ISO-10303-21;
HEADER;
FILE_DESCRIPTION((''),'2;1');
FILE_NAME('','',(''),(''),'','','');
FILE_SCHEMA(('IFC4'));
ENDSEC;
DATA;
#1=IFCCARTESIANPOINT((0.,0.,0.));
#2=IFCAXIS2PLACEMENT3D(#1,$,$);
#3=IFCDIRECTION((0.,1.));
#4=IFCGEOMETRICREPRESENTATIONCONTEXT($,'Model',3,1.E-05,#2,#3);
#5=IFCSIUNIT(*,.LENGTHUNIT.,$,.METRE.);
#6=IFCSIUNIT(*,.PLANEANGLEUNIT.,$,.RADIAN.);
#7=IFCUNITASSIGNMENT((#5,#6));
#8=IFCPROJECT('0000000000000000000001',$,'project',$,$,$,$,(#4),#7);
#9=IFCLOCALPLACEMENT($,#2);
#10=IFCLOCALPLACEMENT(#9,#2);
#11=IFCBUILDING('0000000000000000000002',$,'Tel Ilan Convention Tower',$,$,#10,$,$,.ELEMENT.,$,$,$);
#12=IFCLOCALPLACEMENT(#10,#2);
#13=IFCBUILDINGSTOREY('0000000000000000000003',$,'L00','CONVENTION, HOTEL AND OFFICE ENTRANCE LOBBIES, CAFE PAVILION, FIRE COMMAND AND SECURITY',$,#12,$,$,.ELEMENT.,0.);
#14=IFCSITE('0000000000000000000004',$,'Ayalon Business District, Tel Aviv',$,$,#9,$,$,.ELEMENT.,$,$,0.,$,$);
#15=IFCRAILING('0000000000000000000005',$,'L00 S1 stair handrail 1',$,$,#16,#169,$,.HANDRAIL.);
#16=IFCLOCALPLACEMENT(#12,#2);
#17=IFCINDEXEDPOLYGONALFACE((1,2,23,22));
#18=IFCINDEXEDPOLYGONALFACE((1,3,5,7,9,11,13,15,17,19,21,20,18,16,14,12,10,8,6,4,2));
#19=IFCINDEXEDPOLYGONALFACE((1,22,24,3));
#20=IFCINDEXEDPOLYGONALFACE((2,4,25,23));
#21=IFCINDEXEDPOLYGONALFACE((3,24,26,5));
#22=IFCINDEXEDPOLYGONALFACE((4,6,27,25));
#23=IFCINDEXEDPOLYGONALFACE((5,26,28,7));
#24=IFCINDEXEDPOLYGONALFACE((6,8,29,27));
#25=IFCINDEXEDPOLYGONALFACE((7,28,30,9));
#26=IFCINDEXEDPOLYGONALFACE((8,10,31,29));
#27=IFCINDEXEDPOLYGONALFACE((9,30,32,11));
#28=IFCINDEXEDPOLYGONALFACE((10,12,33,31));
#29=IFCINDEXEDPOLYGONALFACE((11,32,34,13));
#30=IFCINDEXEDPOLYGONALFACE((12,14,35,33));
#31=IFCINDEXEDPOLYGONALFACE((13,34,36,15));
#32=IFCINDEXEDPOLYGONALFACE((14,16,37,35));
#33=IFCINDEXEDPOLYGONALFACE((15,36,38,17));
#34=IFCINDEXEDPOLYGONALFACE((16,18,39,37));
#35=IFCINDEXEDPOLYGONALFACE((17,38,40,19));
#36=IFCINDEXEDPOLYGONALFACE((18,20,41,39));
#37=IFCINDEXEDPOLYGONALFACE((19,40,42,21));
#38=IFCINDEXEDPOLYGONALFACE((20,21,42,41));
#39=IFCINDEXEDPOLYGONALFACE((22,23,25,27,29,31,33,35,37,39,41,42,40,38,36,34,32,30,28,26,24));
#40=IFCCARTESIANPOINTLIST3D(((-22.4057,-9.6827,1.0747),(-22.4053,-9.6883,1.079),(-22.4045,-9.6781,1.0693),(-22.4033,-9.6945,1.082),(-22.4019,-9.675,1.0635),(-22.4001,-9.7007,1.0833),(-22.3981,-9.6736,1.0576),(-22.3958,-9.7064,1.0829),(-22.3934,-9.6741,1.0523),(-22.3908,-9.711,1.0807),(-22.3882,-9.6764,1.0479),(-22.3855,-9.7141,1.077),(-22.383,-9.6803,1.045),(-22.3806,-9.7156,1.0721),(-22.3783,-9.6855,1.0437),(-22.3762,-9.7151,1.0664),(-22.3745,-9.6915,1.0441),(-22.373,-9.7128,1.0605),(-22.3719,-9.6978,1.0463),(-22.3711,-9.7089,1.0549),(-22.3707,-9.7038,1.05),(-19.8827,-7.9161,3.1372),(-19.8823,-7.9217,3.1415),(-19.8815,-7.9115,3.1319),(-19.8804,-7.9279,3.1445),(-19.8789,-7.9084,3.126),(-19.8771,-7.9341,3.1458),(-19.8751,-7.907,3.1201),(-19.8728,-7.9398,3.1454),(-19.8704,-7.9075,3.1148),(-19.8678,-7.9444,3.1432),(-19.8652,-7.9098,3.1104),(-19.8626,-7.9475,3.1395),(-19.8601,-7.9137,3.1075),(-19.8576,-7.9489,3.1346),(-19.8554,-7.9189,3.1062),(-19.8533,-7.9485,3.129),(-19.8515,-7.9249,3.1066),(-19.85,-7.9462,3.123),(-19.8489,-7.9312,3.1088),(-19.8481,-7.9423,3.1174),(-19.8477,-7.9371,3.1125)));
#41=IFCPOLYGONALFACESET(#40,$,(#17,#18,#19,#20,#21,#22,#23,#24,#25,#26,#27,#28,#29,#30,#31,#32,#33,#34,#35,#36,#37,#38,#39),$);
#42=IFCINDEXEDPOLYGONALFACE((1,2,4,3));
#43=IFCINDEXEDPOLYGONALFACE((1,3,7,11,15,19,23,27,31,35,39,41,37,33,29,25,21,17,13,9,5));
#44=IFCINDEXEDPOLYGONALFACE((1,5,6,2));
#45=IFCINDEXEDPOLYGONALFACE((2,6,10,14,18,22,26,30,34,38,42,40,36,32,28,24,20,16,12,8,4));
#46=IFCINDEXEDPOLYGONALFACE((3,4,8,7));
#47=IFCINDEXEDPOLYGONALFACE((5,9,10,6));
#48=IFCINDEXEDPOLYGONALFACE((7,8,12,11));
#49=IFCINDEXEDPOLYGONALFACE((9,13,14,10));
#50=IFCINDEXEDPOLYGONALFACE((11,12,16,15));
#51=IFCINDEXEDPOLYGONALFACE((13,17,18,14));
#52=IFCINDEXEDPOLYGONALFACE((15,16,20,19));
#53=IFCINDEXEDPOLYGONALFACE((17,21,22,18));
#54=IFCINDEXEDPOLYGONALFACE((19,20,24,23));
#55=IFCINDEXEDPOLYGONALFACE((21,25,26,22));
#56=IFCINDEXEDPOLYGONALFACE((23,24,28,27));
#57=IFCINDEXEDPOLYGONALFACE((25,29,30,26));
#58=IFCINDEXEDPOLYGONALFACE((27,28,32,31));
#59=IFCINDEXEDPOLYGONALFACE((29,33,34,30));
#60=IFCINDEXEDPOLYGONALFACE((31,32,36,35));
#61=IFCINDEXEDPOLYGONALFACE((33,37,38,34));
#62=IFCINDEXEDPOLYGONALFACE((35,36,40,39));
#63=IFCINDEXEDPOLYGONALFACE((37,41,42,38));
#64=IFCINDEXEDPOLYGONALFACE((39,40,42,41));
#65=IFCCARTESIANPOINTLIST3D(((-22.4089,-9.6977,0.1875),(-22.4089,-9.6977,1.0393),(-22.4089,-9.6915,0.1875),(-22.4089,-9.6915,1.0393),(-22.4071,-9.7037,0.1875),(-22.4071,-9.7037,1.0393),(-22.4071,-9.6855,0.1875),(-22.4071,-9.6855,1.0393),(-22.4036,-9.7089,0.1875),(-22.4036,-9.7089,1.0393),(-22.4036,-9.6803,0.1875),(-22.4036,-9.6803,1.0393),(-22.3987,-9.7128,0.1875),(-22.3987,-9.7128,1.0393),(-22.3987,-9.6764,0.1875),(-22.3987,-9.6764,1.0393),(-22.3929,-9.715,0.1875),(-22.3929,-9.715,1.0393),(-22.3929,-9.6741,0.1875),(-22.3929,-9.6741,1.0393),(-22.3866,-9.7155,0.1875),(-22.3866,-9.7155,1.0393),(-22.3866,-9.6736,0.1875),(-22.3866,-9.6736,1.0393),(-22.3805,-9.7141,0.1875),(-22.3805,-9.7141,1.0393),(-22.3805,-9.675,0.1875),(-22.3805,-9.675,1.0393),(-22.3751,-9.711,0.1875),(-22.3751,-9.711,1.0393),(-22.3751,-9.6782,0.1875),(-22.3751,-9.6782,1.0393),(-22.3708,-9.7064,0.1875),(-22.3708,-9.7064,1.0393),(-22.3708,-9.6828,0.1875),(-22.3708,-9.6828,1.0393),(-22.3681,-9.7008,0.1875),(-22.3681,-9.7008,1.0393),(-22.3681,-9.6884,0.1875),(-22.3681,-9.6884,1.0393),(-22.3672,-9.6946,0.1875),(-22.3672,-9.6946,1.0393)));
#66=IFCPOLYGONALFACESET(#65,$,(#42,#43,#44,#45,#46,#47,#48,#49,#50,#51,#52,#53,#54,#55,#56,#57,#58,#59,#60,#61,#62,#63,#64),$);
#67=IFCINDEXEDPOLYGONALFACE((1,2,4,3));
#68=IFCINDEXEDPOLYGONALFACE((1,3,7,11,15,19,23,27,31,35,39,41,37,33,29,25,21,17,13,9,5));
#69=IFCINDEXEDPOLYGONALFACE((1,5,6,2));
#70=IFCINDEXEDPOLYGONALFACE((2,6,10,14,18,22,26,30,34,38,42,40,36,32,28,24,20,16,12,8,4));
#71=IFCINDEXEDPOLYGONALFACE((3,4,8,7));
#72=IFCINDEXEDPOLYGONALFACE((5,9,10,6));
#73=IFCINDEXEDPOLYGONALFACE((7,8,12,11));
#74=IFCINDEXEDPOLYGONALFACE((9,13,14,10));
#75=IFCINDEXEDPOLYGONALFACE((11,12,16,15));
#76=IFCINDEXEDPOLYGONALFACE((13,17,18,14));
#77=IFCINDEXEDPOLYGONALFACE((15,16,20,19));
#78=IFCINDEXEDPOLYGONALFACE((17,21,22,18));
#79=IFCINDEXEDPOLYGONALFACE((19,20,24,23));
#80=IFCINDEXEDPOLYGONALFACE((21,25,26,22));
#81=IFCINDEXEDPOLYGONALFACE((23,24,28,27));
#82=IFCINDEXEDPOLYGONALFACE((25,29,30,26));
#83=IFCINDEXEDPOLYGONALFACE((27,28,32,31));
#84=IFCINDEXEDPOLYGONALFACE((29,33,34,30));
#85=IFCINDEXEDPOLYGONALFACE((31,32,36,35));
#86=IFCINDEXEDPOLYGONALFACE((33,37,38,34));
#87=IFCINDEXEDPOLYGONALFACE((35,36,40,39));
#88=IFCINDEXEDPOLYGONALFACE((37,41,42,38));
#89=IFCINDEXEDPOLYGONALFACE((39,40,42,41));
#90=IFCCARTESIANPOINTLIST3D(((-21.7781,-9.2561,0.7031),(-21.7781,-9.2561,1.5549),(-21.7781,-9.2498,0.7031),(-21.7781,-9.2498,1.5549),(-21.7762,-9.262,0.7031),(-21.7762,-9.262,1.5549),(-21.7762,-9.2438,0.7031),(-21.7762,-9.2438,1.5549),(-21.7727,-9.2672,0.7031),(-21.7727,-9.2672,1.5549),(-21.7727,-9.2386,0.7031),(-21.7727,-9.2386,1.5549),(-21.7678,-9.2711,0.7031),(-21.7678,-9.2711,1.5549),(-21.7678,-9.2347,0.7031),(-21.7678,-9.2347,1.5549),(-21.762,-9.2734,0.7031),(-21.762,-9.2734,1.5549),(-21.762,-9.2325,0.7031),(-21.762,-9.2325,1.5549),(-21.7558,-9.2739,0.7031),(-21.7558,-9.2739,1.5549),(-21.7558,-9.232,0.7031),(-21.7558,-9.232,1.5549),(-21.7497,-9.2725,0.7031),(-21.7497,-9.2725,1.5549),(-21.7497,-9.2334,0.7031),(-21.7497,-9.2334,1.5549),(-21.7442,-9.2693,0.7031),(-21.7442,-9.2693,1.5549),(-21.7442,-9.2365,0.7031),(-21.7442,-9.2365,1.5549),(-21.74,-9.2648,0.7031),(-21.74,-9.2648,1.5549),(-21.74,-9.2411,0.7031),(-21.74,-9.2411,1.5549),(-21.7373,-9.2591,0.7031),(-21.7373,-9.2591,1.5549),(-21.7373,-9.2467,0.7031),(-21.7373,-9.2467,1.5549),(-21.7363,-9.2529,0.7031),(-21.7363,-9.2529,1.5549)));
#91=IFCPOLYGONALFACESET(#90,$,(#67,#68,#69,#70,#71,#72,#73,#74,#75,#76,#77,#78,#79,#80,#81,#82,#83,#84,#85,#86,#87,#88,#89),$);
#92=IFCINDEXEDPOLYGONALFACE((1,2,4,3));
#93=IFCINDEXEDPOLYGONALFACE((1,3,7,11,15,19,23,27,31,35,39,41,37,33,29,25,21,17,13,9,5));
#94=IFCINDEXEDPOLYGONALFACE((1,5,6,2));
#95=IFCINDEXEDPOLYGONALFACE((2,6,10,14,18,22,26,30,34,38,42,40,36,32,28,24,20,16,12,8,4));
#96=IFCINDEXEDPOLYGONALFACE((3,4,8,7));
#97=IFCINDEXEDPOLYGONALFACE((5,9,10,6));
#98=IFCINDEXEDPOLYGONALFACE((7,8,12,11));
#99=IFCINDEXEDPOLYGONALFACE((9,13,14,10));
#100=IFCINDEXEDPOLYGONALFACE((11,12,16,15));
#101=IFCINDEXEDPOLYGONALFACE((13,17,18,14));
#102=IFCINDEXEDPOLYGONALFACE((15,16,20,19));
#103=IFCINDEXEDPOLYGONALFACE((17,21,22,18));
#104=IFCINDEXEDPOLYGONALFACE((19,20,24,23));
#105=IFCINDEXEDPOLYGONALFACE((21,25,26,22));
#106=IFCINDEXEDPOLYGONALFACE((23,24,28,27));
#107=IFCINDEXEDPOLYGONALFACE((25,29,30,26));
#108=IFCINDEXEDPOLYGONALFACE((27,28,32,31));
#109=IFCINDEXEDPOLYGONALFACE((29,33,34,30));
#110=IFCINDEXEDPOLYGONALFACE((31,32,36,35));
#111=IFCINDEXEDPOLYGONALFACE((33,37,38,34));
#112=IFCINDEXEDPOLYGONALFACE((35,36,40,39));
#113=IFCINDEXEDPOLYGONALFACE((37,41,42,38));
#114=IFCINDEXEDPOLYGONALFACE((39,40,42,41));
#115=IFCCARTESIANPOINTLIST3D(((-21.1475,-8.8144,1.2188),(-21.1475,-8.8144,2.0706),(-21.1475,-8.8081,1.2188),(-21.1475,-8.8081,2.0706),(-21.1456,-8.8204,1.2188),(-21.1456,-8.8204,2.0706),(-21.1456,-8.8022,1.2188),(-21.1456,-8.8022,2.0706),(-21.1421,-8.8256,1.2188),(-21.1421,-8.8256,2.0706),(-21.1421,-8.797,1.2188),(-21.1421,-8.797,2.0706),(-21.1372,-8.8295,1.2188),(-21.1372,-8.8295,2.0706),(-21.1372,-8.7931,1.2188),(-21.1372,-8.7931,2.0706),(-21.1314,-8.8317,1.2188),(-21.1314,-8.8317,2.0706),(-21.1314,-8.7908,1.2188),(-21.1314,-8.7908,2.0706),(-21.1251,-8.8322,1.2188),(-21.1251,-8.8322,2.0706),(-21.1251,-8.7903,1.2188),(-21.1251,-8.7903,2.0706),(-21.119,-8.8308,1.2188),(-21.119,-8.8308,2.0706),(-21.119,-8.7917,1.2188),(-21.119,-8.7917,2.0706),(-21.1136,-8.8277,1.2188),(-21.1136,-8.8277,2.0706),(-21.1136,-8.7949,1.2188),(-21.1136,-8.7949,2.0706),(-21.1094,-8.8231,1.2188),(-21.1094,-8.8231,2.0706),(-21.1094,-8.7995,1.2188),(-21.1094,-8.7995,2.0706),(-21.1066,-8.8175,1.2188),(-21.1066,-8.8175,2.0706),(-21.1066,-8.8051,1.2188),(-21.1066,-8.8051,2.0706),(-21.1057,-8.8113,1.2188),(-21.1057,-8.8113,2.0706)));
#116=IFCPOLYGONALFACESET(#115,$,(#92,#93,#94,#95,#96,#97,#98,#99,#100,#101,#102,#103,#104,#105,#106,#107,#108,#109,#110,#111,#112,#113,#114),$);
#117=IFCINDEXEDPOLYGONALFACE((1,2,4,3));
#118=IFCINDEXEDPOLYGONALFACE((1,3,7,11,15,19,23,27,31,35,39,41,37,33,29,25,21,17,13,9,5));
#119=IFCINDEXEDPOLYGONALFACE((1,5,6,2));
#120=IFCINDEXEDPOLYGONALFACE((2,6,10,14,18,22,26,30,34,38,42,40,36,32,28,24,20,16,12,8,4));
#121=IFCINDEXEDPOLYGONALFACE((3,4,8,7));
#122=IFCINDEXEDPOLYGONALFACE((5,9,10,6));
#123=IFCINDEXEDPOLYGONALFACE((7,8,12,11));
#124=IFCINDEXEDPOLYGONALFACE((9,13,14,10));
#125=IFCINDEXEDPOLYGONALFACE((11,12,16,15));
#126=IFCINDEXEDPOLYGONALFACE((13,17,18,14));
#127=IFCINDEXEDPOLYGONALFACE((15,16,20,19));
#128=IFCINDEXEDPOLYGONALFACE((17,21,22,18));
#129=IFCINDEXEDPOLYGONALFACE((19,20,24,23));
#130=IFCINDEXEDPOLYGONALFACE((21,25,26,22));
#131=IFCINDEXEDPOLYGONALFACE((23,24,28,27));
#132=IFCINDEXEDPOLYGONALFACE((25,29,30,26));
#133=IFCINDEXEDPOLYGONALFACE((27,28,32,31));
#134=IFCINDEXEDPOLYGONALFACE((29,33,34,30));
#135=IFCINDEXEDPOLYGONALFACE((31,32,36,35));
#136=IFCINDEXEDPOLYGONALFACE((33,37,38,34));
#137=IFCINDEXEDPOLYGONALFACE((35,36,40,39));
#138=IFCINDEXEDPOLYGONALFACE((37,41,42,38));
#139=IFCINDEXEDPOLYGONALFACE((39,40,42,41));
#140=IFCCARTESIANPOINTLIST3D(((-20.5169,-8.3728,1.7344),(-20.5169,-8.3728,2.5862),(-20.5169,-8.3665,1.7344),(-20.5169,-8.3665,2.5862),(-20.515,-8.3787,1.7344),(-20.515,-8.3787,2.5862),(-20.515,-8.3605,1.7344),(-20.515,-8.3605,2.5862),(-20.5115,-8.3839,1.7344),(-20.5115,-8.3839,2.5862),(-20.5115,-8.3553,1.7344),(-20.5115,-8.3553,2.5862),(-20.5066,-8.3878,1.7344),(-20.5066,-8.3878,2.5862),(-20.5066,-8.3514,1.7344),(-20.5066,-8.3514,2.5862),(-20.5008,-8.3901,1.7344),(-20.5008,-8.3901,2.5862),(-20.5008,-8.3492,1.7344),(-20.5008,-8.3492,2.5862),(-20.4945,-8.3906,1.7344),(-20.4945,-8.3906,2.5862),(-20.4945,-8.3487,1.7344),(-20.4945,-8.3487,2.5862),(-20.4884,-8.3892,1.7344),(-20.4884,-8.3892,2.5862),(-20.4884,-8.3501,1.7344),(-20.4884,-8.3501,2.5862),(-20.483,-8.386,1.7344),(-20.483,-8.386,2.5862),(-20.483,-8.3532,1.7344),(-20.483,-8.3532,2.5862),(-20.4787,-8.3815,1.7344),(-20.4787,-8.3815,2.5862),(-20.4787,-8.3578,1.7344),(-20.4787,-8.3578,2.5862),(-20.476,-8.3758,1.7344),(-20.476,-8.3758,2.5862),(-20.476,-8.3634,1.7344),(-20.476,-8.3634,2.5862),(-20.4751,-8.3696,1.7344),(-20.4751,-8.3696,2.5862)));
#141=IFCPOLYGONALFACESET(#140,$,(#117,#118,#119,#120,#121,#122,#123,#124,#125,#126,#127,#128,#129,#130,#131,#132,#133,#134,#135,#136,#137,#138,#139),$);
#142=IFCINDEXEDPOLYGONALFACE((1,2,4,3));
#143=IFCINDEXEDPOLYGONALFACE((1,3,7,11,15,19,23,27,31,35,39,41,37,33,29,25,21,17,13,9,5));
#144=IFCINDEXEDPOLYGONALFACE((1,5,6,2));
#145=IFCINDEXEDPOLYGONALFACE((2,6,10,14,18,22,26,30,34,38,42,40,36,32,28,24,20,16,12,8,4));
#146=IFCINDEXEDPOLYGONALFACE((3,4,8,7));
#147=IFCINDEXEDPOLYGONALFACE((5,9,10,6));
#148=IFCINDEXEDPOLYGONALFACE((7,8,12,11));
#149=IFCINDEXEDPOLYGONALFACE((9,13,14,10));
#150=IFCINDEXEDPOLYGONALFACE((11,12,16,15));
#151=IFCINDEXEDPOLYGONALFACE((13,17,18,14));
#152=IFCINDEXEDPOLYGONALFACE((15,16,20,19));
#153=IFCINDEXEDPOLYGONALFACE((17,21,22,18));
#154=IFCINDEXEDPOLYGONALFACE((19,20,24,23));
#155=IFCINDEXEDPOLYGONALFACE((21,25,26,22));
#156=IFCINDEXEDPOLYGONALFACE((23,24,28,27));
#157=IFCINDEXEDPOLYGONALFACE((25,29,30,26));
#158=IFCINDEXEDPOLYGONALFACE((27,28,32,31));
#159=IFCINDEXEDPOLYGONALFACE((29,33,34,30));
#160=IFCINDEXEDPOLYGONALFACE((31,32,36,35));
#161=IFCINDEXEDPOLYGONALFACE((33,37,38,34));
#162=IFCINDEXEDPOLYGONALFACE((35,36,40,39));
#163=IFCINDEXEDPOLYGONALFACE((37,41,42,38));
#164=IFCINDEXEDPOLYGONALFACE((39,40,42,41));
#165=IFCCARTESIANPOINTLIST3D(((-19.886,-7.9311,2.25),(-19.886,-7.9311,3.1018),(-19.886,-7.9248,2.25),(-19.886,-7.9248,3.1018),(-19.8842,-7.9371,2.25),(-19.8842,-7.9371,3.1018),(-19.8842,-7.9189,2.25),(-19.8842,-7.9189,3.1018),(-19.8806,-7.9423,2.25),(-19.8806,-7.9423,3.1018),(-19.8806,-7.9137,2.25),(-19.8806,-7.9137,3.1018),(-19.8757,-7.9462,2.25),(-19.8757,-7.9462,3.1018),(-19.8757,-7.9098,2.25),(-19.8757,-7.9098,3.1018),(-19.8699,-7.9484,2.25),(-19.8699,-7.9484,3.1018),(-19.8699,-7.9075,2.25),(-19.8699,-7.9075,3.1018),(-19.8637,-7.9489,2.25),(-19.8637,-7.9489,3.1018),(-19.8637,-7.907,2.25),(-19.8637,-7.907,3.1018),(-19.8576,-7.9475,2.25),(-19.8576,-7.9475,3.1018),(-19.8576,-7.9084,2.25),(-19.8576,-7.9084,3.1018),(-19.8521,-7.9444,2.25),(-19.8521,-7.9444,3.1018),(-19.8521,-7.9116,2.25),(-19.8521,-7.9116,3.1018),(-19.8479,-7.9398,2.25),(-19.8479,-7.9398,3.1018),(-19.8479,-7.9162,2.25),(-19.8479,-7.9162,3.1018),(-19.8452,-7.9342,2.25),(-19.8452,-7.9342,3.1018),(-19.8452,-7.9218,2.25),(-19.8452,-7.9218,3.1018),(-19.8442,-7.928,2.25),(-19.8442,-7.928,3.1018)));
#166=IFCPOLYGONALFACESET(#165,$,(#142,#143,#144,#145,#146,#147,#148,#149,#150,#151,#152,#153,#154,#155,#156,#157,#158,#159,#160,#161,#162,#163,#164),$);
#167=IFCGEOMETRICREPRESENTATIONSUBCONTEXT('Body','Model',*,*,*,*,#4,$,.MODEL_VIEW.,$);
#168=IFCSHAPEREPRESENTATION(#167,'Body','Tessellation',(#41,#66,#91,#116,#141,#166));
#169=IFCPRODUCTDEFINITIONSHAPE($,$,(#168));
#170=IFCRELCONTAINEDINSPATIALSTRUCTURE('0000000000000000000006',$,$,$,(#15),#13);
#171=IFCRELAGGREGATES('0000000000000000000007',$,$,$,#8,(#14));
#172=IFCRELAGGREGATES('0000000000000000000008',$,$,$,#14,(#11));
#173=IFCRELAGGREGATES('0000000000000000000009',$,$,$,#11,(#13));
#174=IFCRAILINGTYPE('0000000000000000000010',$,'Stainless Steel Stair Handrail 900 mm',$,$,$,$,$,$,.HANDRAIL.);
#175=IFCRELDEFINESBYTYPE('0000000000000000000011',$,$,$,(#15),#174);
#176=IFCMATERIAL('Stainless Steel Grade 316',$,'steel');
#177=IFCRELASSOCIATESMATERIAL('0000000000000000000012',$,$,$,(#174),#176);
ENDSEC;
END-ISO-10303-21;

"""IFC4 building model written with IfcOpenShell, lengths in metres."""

from ifc_helpers import new_model, si_unit, direction, frame, origin, origin_2d, place, context, subcontext, project, spatial, circle, extrude, material, type_object, element, save


model = new_model("IFC4")

# Units and contexts
model_context = context("Model", 3, precision=1e-05, world=origin(), true_north=direction((0.0, 1.0)))
body_context = subcontext(model_context, "Body", "Model", "MODEL_VIEW")
ifc_project = project(units=[si_unit("LENGTHUNIT", "METRE"), si_unit("PLANEANGLEUNIT", "RADIAN")], contexts=[model_context])

# Site, building, storey
site_placement = place(None, origin())
site = spatial("IfcSite", under=ifc_project, at=site_placement, Name="Ayalon Business District, Tel Aviv", CompositionType="ELEMENT", RefElevation=0.0)
building_placement = place(site_placement, origin())
building = spatial("IfcBuilding", under=site, at=building_placement, Name="Tel Ilan Convention Tower", CompositionType="ELEMENT")
storey_placement = place(building_placement, origin())
storey = spatial("IfcBuildingStorey", under=building, at=storey_placement, Name="L00", Description="CONVENTION, HOTEL AND OFFICE ENTRANCE LOBBIES, CAFE PAVILION, FIRE COMMAND AND SECURITY", CompositionType="ELEMENT", Elevation=0.0)

# Railing
ifc_material_1 = material(Name="Stainless Steel Grade 316", Category="steel")
railing_type_1 = type_object("IfcRailingType", Name="Stainless Steel Stair Handrail 900 mm", PredefinedType="HANDRAIL", material=ifc_material_1)
railing_1_placement = place(storey_placement, frame((-22.3882, -9.6946, 0.1875)))
element("IfcRailing", 1, at=railing_1_placement, inside=storey, type_object=railing_type_1, Name="L00 S1 stair handrail 1", PredefinedType="HANDRAIL", context=body_context, shape_type="SweptSolid", body=[
    extrude(circle(Radius=0.0239, at=origin_2d()), frame((0.0, 0.0, 0.876), z_axis=(0.680635, 0.476589, 0.556416), x_axis=(-0.573579, 0.81915, 0.0)), (0.0, 0.0, 1.0), 3.7068),
    extrude(circle(Radius=0.021, at=origin_2d()), origin(), (0.0, 0.0, 1.0), 0.8518),
    extrude(circle(Radius=0.021, at=origin_2d()), frame((0.6309, 0.4417, 0.5156)), (0.0, 0.0, 1.0), 0.8518),
    extrude(circle(Radius=0.021, at=origin_2d()), frame((1.2615, 0.8833, 1.0312)), (0.0, 0.0, 1.0), 0.8518),
    extrude(circle(Radius=0.021, at=origin_2d()), frame((1.8921, 1.325, 1.5469)), (0.0, 0.0, 1.0), 0.8518),
    extrude(circle(Radius=0.021, at=origin_2d()), frame((2.5229, 1.7666, 2.0625)), (0.0, 0.0, 1.0), 0.8518),
])

save(model, "model.ifc")
